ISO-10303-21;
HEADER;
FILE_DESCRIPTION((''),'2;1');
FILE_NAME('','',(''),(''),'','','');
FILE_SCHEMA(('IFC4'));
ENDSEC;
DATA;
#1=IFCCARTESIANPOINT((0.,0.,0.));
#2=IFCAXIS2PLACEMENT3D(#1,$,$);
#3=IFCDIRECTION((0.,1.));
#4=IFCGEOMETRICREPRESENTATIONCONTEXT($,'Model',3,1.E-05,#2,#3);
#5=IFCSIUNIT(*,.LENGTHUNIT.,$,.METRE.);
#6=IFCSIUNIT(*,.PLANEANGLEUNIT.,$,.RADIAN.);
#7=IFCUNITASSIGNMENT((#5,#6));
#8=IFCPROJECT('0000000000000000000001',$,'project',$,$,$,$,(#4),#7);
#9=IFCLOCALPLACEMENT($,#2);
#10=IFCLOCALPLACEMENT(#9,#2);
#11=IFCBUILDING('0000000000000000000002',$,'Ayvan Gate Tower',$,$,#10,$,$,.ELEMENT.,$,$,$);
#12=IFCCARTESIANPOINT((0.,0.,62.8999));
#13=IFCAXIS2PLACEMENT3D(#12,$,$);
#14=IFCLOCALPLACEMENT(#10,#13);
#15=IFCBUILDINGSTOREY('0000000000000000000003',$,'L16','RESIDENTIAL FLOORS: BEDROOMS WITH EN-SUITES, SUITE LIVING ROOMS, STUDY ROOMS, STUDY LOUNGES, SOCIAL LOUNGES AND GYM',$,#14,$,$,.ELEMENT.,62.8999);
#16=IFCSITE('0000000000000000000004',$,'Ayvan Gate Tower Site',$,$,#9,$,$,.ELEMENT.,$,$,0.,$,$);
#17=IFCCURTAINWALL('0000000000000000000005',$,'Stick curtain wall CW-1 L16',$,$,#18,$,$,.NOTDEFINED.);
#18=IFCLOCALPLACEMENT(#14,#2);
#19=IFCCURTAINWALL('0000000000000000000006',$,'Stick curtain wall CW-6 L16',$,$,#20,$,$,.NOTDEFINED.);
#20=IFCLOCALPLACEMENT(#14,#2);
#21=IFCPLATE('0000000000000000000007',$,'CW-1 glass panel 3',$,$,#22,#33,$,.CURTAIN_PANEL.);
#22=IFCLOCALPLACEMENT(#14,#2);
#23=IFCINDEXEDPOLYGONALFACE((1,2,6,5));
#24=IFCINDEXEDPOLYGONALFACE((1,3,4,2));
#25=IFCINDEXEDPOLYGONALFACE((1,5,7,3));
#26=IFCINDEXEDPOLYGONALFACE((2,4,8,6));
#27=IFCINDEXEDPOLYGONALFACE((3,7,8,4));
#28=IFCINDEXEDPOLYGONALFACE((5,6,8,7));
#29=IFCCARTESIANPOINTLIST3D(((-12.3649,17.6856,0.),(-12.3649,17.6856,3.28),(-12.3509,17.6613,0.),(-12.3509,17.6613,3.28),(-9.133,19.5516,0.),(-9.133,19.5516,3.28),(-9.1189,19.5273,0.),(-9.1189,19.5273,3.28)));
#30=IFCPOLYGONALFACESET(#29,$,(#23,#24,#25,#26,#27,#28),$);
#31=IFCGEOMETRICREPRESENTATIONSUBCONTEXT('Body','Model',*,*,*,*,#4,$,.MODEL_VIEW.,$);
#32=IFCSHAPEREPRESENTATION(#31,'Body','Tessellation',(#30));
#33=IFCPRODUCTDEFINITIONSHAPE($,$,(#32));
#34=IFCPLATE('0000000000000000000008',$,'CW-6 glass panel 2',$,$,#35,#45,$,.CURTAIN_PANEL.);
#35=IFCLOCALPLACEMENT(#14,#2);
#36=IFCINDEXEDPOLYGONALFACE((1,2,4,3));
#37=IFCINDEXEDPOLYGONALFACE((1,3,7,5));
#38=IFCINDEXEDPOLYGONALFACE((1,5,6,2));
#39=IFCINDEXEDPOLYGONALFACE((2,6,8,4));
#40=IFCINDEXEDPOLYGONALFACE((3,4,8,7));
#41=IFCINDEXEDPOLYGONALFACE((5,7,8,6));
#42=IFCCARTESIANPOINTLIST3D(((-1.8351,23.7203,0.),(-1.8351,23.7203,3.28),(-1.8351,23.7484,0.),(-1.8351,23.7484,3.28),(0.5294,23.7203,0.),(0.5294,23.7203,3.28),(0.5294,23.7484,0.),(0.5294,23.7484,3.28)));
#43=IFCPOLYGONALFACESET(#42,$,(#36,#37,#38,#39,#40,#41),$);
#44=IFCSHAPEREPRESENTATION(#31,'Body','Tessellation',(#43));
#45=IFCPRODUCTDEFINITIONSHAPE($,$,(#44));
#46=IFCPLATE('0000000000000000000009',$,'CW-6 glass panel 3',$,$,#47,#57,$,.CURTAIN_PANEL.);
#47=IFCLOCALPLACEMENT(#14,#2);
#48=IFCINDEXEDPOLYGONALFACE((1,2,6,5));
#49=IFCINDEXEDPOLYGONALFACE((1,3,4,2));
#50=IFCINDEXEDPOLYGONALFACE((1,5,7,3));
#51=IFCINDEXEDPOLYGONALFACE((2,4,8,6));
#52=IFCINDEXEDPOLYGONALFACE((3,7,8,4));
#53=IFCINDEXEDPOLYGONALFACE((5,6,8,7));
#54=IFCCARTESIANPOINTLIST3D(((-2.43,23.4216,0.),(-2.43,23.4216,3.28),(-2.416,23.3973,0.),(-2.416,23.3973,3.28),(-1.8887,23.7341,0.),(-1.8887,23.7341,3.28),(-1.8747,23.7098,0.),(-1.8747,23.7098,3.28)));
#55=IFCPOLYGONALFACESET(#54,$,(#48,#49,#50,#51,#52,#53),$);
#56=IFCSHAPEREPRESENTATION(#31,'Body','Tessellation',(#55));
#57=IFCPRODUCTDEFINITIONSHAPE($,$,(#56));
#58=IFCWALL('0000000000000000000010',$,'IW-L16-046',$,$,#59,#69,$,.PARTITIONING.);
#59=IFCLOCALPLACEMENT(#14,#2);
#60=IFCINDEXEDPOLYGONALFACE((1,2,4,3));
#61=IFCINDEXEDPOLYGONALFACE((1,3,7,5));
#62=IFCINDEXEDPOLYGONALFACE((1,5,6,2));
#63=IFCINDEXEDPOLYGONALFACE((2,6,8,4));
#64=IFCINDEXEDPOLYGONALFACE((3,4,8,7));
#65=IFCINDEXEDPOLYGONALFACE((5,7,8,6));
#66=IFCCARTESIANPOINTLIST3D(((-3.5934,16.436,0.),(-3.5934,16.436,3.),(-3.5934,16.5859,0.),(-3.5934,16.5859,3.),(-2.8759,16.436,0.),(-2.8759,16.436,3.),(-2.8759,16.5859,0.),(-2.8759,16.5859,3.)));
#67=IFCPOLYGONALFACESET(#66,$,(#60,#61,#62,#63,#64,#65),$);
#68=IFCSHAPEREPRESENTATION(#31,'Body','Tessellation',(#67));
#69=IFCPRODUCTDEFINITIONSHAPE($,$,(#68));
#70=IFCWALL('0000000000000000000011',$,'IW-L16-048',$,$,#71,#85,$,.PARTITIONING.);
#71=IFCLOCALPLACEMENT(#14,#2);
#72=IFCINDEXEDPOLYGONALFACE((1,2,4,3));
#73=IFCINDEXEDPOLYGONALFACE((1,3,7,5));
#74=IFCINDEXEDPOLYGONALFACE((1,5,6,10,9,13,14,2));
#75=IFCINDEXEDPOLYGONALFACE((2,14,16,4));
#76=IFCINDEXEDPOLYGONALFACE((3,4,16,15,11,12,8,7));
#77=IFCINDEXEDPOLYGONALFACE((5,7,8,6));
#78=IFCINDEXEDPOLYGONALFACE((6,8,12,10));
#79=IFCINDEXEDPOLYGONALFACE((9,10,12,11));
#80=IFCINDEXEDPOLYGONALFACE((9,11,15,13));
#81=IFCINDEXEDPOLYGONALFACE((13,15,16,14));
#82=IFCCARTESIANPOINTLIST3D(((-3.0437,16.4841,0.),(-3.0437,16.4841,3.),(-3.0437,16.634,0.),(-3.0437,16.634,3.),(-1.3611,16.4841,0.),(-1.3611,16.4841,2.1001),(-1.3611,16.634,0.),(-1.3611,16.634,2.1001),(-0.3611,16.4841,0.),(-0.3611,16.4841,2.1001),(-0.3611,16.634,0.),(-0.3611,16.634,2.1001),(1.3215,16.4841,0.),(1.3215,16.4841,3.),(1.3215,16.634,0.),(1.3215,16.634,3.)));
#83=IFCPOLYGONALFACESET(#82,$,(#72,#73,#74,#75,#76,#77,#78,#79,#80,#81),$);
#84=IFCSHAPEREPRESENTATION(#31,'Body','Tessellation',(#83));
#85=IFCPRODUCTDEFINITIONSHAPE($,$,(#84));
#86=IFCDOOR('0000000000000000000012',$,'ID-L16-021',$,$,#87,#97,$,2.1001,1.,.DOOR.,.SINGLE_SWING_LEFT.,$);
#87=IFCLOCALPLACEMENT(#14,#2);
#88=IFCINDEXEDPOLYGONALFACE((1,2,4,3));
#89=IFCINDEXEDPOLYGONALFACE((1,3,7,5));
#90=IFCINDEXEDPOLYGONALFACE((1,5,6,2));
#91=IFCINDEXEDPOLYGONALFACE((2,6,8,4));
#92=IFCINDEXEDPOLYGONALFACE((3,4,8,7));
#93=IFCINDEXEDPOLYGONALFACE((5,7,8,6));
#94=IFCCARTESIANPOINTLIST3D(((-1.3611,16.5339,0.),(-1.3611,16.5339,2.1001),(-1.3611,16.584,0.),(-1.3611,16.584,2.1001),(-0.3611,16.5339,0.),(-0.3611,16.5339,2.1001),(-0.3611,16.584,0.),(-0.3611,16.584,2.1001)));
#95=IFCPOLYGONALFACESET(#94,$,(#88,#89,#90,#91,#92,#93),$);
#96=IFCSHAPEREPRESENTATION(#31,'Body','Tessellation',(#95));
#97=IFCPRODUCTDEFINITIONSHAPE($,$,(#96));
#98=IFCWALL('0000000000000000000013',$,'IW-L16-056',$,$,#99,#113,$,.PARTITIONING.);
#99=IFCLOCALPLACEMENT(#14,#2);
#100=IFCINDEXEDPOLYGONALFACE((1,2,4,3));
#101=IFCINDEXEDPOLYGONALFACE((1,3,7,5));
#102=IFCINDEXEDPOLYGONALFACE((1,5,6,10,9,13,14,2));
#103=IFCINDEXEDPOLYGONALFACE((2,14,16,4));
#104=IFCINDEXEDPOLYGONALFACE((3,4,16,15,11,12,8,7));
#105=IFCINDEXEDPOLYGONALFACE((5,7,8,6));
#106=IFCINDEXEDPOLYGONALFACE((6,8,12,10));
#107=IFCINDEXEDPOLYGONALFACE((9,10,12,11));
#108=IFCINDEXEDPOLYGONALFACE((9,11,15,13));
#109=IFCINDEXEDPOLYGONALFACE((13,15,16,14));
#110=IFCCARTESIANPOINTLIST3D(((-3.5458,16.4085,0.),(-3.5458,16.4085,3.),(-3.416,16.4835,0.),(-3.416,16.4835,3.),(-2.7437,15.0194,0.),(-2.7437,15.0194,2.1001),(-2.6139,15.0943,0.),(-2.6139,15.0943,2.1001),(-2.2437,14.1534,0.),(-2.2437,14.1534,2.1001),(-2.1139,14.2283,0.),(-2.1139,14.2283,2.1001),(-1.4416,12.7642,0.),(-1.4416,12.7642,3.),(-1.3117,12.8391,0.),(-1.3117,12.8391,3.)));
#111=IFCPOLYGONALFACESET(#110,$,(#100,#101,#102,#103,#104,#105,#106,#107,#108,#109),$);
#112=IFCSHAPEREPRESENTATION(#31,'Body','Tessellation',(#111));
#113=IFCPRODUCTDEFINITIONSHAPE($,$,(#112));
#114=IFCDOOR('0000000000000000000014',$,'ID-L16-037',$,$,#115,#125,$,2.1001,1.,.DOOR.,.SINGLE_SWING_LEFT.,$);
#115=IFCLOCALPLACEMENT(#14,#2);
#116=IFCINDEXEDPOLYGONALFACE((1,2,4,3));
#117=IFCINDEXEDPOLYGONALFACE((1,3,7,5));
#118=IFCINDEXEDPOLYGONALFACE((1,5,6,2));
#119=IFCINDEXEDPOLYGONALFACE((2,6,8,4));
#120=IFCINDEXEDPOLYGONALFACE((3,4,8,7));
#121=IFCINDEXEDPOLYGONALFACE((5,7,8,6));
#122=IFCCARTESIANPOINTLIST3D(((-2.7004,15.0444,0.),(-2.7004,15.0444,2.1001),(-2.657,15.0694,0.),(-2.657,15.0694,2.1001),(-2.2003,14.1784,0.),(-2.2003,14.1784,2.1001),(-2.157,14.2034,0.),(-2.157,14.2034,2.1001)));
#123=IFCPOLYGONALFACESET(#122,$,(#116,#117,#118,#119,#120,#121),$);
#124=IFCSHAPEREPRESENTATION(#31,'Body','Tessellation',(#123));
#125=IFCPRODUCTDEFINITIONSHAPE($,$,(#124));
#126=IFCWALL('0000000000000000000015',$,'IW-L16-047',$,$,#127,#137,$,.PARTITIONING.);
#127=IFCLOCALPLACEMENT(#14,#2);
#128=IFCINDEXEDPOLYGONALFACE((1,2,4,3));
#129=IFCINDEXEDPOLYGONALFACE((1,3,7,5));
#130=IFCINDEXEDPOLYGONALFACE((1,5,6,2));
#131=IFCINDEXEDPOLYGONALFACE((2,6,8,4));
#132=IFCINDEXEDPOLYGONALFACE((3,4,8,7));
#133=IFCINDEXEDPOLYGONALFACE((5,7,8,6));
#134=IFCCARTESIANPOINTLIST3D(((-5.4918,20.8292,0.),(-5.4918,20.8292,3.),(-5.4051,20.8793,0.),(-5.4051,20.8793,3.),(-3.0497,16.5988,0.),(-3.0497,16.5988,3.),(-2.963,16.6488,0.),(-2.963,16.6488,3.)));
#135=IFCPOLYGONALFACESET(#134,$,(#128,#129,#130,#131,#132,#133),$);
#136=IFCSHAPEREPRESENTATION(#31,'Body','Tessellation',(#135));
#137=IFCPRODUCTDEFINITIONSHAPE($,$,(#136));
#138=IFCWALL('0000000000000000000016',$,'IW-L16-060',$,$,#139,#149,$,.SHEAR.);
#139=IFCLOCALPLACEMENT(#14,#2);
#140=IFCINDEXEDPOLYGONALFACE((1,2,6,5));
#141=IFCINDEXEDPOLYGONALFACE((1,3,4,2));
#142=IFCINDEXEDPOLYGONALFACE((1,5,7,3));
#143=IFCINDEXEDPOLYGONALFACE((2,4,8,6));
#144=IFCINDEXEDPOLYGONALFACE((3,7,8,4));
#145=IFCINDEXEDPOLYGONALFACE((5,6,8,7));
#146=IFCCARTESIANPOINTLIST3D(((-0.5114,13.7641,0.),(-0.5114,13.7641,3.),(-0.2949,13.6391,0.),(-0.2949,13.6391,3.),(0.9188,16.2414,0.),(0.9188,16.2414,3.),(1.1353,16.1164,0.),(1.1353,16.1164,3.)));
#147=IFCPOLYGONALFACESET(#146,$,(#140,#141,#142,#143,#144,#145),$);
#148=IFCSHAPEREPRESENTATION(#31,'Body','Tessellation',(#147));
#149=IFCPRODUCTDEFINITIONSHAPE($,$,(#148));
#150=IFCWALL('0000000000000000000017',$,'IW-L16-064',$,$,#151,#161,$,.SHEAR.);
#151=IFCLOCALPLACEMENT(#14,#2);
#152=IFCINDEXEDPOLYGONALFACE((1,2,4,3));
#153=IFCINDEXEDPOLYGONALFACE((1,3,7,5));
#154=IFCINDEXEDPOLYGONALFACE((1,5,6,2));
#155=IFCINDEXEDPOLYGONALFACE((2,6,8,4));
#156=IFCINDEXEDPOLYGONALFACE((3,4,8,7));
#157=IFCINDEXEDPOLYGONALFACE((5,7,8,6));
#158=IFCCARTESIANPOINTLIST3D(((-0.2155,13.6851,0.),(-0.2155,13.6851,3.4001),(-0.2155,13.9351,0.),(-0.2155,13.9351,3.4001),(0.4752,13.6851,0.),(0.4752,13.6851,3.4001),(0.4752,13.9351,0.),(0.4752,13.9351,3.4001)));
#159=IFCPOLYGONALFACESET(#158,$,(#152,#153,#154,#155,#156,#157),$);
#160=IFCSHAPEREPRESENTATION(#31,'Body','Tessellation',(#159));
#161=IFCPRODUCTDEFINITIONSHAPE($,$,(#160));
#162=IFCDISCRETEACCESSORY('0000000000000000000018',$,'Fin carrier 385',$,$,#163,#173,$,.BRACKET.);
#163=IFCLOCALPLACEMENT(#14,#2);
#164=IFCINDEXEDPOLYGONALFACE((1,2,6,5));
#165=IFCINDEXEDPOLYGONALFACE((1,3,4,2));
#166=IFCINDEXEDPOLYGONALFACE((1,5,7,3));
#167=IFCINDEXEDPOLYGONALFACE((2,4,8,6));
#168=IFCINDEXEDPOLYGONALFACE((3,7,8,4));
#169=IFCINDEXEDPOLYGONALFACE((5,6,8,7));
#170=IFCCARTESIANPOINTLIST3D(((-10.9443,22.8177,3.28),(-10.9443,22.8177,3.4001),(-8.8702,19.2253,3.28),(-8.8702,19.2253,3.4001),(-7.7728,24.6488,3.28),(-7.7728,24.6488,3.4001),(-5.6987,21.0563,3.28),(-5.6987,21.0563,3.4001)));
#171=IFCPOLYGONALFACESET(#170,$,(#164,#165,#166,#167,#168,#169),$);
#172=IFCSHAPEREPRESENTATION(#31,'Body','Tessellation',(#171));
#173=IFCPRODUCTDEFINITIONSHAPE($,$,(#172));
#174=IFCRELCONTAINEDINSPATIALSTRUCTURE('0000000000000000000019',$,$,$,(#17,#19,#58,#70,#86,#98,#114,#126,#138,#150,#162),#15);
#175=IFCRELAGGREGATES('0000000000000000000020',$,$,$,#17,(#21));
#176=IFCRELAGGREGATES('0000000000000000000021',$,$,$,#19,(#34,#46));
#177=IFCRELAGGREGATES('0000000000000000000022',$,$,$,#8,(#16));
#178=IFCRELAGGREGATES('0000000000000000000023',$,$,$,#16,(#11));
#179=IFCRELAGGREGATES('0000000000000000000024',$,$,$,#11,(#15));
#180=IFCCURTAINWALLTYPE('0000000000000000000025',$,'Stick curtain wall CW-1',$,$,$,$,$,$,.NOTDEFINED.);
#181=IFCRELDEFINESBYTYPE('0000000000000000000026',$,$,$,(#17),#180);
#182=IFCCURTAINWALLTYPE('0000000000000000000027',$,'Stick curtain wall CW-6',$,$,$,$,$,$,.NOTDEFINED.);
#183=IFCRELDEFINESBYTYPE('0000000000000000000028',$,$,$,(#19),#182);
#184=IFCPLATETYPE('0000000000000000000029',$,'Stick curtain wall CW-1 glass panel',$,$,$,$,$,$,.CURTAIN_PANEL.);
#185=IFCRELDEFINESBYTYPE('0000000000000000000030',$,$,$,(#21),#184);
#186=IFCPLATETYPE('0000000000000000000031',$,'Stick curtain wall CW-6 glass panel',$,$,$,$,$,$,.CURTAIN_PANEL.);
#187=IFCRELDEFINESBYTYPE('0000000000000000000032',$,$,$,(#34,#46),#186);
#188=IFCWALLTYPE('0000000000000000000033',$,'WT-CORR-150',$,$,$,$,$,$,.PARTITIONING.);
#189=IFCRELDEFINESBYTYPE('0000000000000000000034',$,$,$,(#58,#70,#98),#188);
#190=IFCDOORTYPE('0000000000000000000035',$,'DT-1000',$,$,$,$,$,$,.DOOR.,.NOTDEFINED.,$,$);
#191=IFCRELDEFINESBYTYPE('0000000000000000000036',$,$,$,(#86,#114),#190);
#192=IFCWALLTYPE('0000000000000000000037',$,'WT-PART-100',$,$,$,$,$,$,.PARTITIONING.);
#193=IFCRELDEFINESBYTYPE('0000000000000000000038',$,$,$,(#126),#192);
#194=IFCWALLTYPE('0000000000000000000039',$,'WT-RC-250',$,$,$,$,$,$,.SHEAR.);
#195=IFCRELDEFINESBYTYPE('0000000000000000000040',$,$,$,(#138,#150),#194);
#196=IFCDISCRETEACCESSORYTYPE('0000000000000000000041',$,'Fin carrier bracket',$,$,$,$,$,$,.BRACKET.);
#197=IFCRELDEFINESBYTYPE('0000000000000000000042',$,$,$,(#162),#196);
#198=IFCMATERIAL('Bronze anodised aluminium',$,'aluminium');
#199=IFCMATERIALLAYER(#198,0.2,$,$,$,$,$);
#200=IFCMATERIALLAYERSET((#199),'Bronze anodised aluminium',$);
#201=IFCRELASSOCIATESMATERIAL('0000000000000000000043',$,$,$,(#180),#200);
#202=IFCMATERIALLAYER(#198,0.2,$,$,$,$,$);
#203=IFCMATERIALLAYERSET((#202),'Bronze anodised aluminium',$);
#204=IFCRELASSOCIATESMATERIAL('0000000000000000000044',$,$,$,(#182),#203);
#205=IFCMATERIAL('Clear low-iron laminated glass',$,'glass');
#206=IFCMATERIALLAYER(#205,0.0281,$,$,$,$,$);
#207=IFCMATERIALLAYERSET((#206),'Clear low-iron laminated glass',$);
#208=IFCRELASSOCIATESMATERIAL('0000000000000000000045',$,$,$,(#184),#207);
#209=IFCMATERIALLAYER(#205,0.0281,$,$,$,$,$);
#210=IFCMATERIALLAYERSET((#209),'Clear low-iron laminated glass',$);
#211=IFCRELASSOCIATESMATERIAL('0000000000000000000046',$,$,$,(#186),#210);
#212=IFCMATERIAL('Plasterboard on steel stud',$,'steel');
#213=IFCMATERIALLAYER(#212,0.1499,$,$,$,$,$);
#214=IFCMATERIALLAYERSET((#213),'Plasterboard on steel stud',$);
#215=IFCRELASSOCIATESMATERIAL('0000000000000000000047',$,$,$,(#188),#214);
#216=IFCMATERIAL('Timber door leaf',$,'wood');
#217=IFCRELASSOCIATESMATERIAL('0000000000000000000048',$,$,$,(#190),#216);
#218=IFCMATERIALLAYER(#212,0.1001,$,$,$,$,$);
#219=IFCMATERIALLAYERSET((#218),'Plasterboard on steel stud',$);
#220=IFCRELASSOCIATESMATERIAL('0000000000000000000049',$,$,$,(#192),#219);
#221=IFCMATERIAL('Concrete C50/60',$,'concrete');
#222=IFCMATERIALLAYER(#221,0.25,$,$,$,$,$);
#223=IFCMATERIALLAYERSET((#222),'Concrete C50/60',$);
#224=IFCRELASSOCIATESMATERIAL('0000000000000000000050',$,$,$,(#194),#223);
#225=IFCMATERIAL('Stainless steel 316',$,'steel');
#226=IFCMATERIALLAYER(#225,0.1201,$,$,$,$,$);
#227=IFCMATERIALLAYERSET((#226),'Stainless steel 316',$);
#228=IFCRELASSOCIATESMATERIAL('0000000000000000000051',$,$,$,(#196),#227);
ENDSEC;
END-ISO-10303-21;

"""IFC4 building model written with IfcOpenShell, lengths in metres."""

from ifc_helpers import new_model, si_unit, direction, frame, frame_2d, origin, origin_2d, place, context, subcontext, project, spatial, rectangle, extrude, material, layer, layer_set, type_object, element, fill, aggregate, save


model = new_model("IFC4")

# Units and contexts
model_context = context("Model", 3, precision=1e-05, world=origin(), true_north=direction((0.0, 1.0)))
body_context = subcontext(model_context, "Body", "Model", "MODEL_VIEW")
ifc_project = project(units=[si_unit("LENGTHUNIT", "METRE"), si_unit("PLANEANGLEUNIT", "RADIAN")], contexts=[model_context])

# Site, building, storey
site_placement = place(None, origin())
site = spatial("IfcSite", under=ifc_project, at=site_placement, Name="Ayvan Gate Tower Site", CompositionType="ELEMENT", RefElevation=0.0)
building_placement = place(site_placement, origin())
building = spatial("IfcBuilding", under=site, at=building_placement, Name="Ayvan Gate Tower", CompositionType="ELEMENT")
storey_placement = place(building_placement, frame((0.0, 0.0, 62.8999)))
storey = spatial("IfcBuildingStorey", under=building, at=storey_placement, Name="L16", Description="RESIDENTIAL FLOORS: BEDROOMS WITH EN-SUITES, SUITE LIVING ROOMS, STUDY ROOMS, STUDY LOUNGES, SOCIAL LOUNGES AND GYM", CompositionType="ELEMENT", Elevation=62.8999)

# Curtain walls
ifc_material_1 = material(Name="Bronze anodised aluminium", Category="aluminium")
ifc_layer_1 = layer(ifc_material_1, 0.2)
ifc_layer_set_1 = layer_set([ifc_layer_1], Name="Bronze anodised aluminium")
curtain_wall_type_1 = type_object("IfcCurtainWallType", Name="Stick curtain wall CW-1", PredefinedType="NOTDEFINED", material=ifc_layer_set_1)
curtain_wall_1_placement = place(storey_placement, origin())
curtain_wall_1 = element("IfcCurtainWall", 1, at=curtain_wall_1_placement, inside=storey, type_object=curtain_wall_type_1, Name="Stick curtain wall CW-1 L16", PredefinedType="NOTDEFINED")
ifc_layer_2 = layer(ifc_material_1, 0.2)
ifc_layer_set_2 = layer_set([ifc_layer_2], Name="Bronze anodised aluminium")
curtain_wall_type_2 = type_object("IfcCurtainWallType", Name="Stick curtain wall CW-6", PredefinedType="NOTDEFINED", material=ifc_layer_set_2)
curtain_wall_2_placement = place(storey_placement, origin())
curtain_wall_2 = element("IfcCurtainWall", 2, at=curtain_wall_2_placement, inside=storey, type_object=curtain_wall_type_2, Name="Stick curtain wall CW-6 L16", PredefinedType="NOTDEFINED")

# Plates
ifc_material_2 = material(Name="Clear low-iron laminated glass", Category="glass")
ifc_layer_3 = layer(ifc_material_2, 0.0281)
ifc_layer_set_3 = layer_set([ifc_layer_3], Name="Clear low-iron laminated glass")
plate_type_1 = type_object("IfcPlateType", Name="Stick curtain wall CW-1 glass panel", PredefinedType="CURTAIN_PANEL", material=ifc_layer_set_3)
plate_1_placement = place(storey_placement, frame((-10.7419, 18.6064, 0.0), z_axis=(0.0, 0.0, 1.0), x_axis=(-0.866025, -0.5, 0.0)))
plate_1 = element("IfcPlate", 3, at=plate_1_placement, type_object=plate_type_1, Name="CW-1 glass panel 3", PredefinedType="CURTAIN_PANEL", context=body_context, shape_type="SweptSolid", body=[
    extrude(rectangle(XDim=3.7319, YDim=0.0281, at=origin_2d()), origin(), (0.0, 0.0, 1.0), 3.28),
])
aggregate(curtain_wall_1, [plate_1])
ifc_layer_4 = layer(ifc_material_2, 0.0281)
ifc_layer_set_4 = layer_set([ifc_layer_4], Name="Clear low-iron laminated glass")
plate_type_2 = type_object("IfcPlateType", Name="Stick curtain wall CW-6 glass panel", PredefinedType="CURTAIN_PANEL", material=ifc_layer_set_4)
plate_2_placement = place(storey_placement, frame((-0.6528, 23.7344, 0.0), z_axis=(0.0, 0.0, 1.0), x_axis=(-1.0, 0.0, 0.0)))
plate_2 = element("IfcPlate", 4, at=plate_2_placement, type_object=plate_type_2, Name="CW-6 glass panel 2", PredefinedType="CURTAIN_PANEL", context=body_context, shape_type="SweptSolid", body=[
    extrude(rectangle(XDim=2.3645, YDim=0.0281, at=origin_2d()), origin(), (0.0, 0.0, 1.0), 3.28),
])
plate_3_placement = place(storey_placement, frame((-2.1523, 23.5657, 0.0), z_axis=(0.0, 0.0, 1.0), x_axis=(-0.866025, -0.5, 0.0)))
plate_3 = element("IfcPlate", 5, at=plate_3_placement, type_object=plate_type_2, Name="CW-6 glass panel 3", PredefinedType="CURTAIN_PANEL", context=body_context, shape_type="SweptSolid", body=[
    extrude(rectangle(XDim=0.625, YDim=0.0281, at=origin_2d()), origin(), (0.0, 0.0, 1.0), 3.28),
])
aggregate(curtain_wall_2, [plate_2, plate_3])

# Wall
ifc_material_3 = material(Name="Plasterboard on steel stud", Category="steel")
ifc_layer_5 = layer(ifc_material_3, 0.1499)
ifc_layer_set_5 = layer_set([ifc_layer_5], Name="Plasterboard on steel stud")
wall_type_1 = type_object("IfcWallType", Name="WT-CORR-150", PredefinedType="PARTITIONING", material=ifc_layer_set_5)
wall_1_placement = place(storey_placement, frame((-3.5935, 16.511, 0.0), z_axis=(0.0, 0.0, 1.0), x_axis=(1.0, 0.0, 0.0)))
element("IfcWall", 6, at=wall_1_placement, inside=storey, type_object=wall_type_1, Name="IW-L16-046", PredefinedType="PARTITIONING", context=body_context, shape_type="SweptSolid", body=[
    extrude(rectangle(XDim=0.7175, YDim=0.1499, at=frame_2d((0.3589, 0.0))), origin(), (0.0, 0.0, 1.0), 3.0),
])

# Walls, openings, doors
wall_2_placement = place(storey_placement, frame((-3.0437, 16.5591, 0.0), z_axis=(0.0, 0.0, 1.0), x_axis=(1.0, 0.0, 0.0)))
wall_2 = element("IfcWall", 7, at=wall_2_placement, inside=storey, type_object=wall_type_1, Name="IW-L16-048", PredefinedType="PARTITIONING", context=body_context, shape_type="SweptSolid", body=[
    extrude(rectangle(XDim=4.3652, YDim=0.1499, at=frame_2d((2.1826, 0.0))), origin(), (0.0, 0.0, 1.0), 3.0),
])
opening_1_placement = place(wall_2_placement, frame((1.6826, 0.0, 0.0)))
opening_1 = element("IfcOpeningElement", 8, at=opening_1_placement, cuts=wall_2, PredefinedType="OPENING", context=body_context, shape_type="SweptSolid", body=[
    extrude(rectangle(XDim=1.0, YDim=2.1001, at=frame_2d((0.5, 1.05))), frame((0.0, 0.085, 0.0), z_axis=(0.0, -1.0, 0.0), x_axis=(1.0, 0.0, 0.0)), (0.0, 0.0, 1.0), 0.1699),
])
ifc_material_4 = material(Name="Timber door leaf", Category="wood")
door_type = type_object("IfcDoorType", Name="DT-1000", OperationType="NOTDEFINED", PredefinedType="DOOR", material=ifc_material_4)
door_1_placement = place(opening_1_placement, origin())
door_1 = element("IfcDoor", 9, at=door_1_placement, inside=storey, type_object=door_type, Name="ID-L16-021", OperationType="SINGLE_SWING_LEFT", OverallHeight=2.1001, OverallWidth=1.0, PredefinedType="DOOR", context=body_context, shape_type="SweptSolid", body=[
    extrude(rectangle(XDim=1.0, YDim=2.1001, at=frame_2d((0.5, 1.05))), frame((0.0, 0.0249, 0.0), z_axis=(0.0, -1.0, 0.0), x_axis=(1.0, 0.0, 0.0)), (0.0, 0.0, 1.0), 0.05),
])
fill(opening_1, door_1)
wall_3_placement = place(storey_placement, frame((-1.3767, 12.8018, 0.0), z_axis=(0.0, 0.0, 1.0), x_axis=(-0.500039, 0.866003, 0.0)))
wall_3 = element("IfcWall", 10, at=wall_3_placement, inside=storey, type_object=wall_type_1, Name="IW-L16-056", PredefinedType="PARTITIONING", context=body_context, shape_type="SweptSolid", body=[
    extrude(rectangle(XDim=4.2083, YDim=0.1499, at=frame_2d((2.104, 0.0))), origin(), (0.0, 0.0, 1.0), 3.0),
])
opening_2_placement = place(wall_3_placement, frame((1.604, 0.0, 0.0)))
opening_2 = element("IfcOpeningElement", 11, at=opening_2_placement, cuts=wall_3, PredefinedType="OPENING", context=body_context, shape_type="SweptSolid", body=[
    extrude(rectangle(XDim=1.0, YDim=2.1001, at=frame_2d((0.5, 1.05))), frame((0.0, 0.085, 0.0), z_axis=(0.0, -1.0, 0.0), x_axis=(1.0, 0.0, 0.0)), (0.0, 0.0, 1.0), 0.1699),
])
door_2_placement = place(opening_2_placement, origin())
door_2 = element("IfcDoor", 12, at=door_2_placement, inside=storey, type_object=door_type, Name="ID-L16-037", OperationType="SINGLE_SWING_LEFT", OverallHeight=2.1001, OverallWidth=1.0, PredefinedType="DOOR", context=body_context, shape_type="SweptSolid", body=[
    extrude(rectangle(XDim=1.0, YDim=2.1001, at=frame_2d((0.5, 1.05))), frame((0.0, 0.0249, 0.0), z_axis=(0.0, -1.0, 0.0), x_axis=(1.0, 0.0, 0.0)), (0.0, 0.0, 1.0), 0.05),
])
fill(opening_2, door_2)

# Walls
ifc_layer_6 = layer(ifc_material_3, 0.1001)
ifc_layer_set_6 = layer_set([ifc_layer_6], Name="Plasterboard on steel stud")
wall_type_2 = type_object("IfcWallType", Name="WT-PART-100", PredefinedType="PARTITIONING", material=ifc_layer_set_6)
wall_4_placement = place(storey_placement, frame((-3.0063, 16.6238, 0.0), z_axis=(0.0, 0.0, 1.0), x_axis=(-0.49995, 0.866054, 0.0)))
element("IfcWall", 13, at=wall_4_placement, inside=storey, type_object=wall_type_2, Name="IW-L16-047", PredefinedType="PARTITIONING", context=body_context, shape_type="SweptSolid", body=[
    extrude(rectangle(XDim=4.8848, YDim=0.1001, at=frame_2d((2.4424, 0.0))), origin(), (0.0, 0.0, 1.0), 3.0),
])
ifc_material_5 = material(Name="Concrete C50/60", Category="concrete")
ifc_layer_7 = layer(ifc_material_5, 0.25)
ifc_layer_set_7 = layer_set([ifc_layer_7], Name="Concrete C50/60")
wall_type_3 = type_object("IfcWallType", Name="WT-RC-250", PredefinedType="SHEAR", material=ifc_layer_set_7)
wall_5_placement = place(storey_placement, frame((-0.4031, 13.7017, 0.0), z_axis=(0.0, 0.0, 1.0), x_axis=(0.499976, 0.866039, 0.0)))
element("IfcWall", 14, at=wall_5_placement, inside=storey, type_object=wall_type_3, Name="IW-L16-060", PredefinedType="SHEAR", context=body_context, shape_type="SweptSolid", body=[
    extrude(rectangle(XDim=2.8606, YDim=0.25, at=frame_2d((1.4302, 0.0))), origin(), (0.0, 0.0, 1.0), 3.0),
])
wall_6_placement = place(storey_placement, frame((0.4751, 13.8101, 0.0), z_axis=(0.0, 0.0, 1.0), x_axis=(-1.0, 0.0, 0.0)))
element("IfcWall", 15, at=wall_6_placement, inside=storey, type_object=wall_type_3, Name="IW-L16-064", PredefinedType="SHEAR", context=body_context, shape_type="SweptSolid", body=[
    extrude(rectangle(XDim=0.6907, YDim=0.25, at=frame_2d((0.3452, 0.0))), origin(), (0.0, 0.0, 1.0), 3.4001),
])

# Discrete accessory
ifc_material_6 = material(Name="Stainless steel 316", Category="steel")
ifc_layer_8 = layer(ifc_material_6, 0.1201)
ifc_layer_set_8 = layer_set([ifc_layer_8], Name="Stainless steel 316")
discrete_accessory_type = type_object("IfcDiscreteAccessoryType", Name="Fin carrier bracket", PredefinedType="BRACKET", material=ifc_layer_set_8)
discrete_accessory_1_placement = place(storey_placement, frame((-8.3215, 21.937, 3.28), z_axis=(0.0, 0.0, 1.0), x_axis=(-0.866025, -0.5, 0.0)))
element("IfcDiscreteAccessory", 16, at=discrete_accessory_1_placement, inside=storey, type_object=discrete_accessory_type, Name="Fin carrier 385", PredefinedType="BRACKET", context=body_context, shape_type="SweptSolid", body=[
    extrude(rectangle(XDim=3.6621, YDim=4.1482, at=origin_2d()), origin(), (0.0, 0.0, 1.0), 0.1201),
])

save(model, "model.ifc")
